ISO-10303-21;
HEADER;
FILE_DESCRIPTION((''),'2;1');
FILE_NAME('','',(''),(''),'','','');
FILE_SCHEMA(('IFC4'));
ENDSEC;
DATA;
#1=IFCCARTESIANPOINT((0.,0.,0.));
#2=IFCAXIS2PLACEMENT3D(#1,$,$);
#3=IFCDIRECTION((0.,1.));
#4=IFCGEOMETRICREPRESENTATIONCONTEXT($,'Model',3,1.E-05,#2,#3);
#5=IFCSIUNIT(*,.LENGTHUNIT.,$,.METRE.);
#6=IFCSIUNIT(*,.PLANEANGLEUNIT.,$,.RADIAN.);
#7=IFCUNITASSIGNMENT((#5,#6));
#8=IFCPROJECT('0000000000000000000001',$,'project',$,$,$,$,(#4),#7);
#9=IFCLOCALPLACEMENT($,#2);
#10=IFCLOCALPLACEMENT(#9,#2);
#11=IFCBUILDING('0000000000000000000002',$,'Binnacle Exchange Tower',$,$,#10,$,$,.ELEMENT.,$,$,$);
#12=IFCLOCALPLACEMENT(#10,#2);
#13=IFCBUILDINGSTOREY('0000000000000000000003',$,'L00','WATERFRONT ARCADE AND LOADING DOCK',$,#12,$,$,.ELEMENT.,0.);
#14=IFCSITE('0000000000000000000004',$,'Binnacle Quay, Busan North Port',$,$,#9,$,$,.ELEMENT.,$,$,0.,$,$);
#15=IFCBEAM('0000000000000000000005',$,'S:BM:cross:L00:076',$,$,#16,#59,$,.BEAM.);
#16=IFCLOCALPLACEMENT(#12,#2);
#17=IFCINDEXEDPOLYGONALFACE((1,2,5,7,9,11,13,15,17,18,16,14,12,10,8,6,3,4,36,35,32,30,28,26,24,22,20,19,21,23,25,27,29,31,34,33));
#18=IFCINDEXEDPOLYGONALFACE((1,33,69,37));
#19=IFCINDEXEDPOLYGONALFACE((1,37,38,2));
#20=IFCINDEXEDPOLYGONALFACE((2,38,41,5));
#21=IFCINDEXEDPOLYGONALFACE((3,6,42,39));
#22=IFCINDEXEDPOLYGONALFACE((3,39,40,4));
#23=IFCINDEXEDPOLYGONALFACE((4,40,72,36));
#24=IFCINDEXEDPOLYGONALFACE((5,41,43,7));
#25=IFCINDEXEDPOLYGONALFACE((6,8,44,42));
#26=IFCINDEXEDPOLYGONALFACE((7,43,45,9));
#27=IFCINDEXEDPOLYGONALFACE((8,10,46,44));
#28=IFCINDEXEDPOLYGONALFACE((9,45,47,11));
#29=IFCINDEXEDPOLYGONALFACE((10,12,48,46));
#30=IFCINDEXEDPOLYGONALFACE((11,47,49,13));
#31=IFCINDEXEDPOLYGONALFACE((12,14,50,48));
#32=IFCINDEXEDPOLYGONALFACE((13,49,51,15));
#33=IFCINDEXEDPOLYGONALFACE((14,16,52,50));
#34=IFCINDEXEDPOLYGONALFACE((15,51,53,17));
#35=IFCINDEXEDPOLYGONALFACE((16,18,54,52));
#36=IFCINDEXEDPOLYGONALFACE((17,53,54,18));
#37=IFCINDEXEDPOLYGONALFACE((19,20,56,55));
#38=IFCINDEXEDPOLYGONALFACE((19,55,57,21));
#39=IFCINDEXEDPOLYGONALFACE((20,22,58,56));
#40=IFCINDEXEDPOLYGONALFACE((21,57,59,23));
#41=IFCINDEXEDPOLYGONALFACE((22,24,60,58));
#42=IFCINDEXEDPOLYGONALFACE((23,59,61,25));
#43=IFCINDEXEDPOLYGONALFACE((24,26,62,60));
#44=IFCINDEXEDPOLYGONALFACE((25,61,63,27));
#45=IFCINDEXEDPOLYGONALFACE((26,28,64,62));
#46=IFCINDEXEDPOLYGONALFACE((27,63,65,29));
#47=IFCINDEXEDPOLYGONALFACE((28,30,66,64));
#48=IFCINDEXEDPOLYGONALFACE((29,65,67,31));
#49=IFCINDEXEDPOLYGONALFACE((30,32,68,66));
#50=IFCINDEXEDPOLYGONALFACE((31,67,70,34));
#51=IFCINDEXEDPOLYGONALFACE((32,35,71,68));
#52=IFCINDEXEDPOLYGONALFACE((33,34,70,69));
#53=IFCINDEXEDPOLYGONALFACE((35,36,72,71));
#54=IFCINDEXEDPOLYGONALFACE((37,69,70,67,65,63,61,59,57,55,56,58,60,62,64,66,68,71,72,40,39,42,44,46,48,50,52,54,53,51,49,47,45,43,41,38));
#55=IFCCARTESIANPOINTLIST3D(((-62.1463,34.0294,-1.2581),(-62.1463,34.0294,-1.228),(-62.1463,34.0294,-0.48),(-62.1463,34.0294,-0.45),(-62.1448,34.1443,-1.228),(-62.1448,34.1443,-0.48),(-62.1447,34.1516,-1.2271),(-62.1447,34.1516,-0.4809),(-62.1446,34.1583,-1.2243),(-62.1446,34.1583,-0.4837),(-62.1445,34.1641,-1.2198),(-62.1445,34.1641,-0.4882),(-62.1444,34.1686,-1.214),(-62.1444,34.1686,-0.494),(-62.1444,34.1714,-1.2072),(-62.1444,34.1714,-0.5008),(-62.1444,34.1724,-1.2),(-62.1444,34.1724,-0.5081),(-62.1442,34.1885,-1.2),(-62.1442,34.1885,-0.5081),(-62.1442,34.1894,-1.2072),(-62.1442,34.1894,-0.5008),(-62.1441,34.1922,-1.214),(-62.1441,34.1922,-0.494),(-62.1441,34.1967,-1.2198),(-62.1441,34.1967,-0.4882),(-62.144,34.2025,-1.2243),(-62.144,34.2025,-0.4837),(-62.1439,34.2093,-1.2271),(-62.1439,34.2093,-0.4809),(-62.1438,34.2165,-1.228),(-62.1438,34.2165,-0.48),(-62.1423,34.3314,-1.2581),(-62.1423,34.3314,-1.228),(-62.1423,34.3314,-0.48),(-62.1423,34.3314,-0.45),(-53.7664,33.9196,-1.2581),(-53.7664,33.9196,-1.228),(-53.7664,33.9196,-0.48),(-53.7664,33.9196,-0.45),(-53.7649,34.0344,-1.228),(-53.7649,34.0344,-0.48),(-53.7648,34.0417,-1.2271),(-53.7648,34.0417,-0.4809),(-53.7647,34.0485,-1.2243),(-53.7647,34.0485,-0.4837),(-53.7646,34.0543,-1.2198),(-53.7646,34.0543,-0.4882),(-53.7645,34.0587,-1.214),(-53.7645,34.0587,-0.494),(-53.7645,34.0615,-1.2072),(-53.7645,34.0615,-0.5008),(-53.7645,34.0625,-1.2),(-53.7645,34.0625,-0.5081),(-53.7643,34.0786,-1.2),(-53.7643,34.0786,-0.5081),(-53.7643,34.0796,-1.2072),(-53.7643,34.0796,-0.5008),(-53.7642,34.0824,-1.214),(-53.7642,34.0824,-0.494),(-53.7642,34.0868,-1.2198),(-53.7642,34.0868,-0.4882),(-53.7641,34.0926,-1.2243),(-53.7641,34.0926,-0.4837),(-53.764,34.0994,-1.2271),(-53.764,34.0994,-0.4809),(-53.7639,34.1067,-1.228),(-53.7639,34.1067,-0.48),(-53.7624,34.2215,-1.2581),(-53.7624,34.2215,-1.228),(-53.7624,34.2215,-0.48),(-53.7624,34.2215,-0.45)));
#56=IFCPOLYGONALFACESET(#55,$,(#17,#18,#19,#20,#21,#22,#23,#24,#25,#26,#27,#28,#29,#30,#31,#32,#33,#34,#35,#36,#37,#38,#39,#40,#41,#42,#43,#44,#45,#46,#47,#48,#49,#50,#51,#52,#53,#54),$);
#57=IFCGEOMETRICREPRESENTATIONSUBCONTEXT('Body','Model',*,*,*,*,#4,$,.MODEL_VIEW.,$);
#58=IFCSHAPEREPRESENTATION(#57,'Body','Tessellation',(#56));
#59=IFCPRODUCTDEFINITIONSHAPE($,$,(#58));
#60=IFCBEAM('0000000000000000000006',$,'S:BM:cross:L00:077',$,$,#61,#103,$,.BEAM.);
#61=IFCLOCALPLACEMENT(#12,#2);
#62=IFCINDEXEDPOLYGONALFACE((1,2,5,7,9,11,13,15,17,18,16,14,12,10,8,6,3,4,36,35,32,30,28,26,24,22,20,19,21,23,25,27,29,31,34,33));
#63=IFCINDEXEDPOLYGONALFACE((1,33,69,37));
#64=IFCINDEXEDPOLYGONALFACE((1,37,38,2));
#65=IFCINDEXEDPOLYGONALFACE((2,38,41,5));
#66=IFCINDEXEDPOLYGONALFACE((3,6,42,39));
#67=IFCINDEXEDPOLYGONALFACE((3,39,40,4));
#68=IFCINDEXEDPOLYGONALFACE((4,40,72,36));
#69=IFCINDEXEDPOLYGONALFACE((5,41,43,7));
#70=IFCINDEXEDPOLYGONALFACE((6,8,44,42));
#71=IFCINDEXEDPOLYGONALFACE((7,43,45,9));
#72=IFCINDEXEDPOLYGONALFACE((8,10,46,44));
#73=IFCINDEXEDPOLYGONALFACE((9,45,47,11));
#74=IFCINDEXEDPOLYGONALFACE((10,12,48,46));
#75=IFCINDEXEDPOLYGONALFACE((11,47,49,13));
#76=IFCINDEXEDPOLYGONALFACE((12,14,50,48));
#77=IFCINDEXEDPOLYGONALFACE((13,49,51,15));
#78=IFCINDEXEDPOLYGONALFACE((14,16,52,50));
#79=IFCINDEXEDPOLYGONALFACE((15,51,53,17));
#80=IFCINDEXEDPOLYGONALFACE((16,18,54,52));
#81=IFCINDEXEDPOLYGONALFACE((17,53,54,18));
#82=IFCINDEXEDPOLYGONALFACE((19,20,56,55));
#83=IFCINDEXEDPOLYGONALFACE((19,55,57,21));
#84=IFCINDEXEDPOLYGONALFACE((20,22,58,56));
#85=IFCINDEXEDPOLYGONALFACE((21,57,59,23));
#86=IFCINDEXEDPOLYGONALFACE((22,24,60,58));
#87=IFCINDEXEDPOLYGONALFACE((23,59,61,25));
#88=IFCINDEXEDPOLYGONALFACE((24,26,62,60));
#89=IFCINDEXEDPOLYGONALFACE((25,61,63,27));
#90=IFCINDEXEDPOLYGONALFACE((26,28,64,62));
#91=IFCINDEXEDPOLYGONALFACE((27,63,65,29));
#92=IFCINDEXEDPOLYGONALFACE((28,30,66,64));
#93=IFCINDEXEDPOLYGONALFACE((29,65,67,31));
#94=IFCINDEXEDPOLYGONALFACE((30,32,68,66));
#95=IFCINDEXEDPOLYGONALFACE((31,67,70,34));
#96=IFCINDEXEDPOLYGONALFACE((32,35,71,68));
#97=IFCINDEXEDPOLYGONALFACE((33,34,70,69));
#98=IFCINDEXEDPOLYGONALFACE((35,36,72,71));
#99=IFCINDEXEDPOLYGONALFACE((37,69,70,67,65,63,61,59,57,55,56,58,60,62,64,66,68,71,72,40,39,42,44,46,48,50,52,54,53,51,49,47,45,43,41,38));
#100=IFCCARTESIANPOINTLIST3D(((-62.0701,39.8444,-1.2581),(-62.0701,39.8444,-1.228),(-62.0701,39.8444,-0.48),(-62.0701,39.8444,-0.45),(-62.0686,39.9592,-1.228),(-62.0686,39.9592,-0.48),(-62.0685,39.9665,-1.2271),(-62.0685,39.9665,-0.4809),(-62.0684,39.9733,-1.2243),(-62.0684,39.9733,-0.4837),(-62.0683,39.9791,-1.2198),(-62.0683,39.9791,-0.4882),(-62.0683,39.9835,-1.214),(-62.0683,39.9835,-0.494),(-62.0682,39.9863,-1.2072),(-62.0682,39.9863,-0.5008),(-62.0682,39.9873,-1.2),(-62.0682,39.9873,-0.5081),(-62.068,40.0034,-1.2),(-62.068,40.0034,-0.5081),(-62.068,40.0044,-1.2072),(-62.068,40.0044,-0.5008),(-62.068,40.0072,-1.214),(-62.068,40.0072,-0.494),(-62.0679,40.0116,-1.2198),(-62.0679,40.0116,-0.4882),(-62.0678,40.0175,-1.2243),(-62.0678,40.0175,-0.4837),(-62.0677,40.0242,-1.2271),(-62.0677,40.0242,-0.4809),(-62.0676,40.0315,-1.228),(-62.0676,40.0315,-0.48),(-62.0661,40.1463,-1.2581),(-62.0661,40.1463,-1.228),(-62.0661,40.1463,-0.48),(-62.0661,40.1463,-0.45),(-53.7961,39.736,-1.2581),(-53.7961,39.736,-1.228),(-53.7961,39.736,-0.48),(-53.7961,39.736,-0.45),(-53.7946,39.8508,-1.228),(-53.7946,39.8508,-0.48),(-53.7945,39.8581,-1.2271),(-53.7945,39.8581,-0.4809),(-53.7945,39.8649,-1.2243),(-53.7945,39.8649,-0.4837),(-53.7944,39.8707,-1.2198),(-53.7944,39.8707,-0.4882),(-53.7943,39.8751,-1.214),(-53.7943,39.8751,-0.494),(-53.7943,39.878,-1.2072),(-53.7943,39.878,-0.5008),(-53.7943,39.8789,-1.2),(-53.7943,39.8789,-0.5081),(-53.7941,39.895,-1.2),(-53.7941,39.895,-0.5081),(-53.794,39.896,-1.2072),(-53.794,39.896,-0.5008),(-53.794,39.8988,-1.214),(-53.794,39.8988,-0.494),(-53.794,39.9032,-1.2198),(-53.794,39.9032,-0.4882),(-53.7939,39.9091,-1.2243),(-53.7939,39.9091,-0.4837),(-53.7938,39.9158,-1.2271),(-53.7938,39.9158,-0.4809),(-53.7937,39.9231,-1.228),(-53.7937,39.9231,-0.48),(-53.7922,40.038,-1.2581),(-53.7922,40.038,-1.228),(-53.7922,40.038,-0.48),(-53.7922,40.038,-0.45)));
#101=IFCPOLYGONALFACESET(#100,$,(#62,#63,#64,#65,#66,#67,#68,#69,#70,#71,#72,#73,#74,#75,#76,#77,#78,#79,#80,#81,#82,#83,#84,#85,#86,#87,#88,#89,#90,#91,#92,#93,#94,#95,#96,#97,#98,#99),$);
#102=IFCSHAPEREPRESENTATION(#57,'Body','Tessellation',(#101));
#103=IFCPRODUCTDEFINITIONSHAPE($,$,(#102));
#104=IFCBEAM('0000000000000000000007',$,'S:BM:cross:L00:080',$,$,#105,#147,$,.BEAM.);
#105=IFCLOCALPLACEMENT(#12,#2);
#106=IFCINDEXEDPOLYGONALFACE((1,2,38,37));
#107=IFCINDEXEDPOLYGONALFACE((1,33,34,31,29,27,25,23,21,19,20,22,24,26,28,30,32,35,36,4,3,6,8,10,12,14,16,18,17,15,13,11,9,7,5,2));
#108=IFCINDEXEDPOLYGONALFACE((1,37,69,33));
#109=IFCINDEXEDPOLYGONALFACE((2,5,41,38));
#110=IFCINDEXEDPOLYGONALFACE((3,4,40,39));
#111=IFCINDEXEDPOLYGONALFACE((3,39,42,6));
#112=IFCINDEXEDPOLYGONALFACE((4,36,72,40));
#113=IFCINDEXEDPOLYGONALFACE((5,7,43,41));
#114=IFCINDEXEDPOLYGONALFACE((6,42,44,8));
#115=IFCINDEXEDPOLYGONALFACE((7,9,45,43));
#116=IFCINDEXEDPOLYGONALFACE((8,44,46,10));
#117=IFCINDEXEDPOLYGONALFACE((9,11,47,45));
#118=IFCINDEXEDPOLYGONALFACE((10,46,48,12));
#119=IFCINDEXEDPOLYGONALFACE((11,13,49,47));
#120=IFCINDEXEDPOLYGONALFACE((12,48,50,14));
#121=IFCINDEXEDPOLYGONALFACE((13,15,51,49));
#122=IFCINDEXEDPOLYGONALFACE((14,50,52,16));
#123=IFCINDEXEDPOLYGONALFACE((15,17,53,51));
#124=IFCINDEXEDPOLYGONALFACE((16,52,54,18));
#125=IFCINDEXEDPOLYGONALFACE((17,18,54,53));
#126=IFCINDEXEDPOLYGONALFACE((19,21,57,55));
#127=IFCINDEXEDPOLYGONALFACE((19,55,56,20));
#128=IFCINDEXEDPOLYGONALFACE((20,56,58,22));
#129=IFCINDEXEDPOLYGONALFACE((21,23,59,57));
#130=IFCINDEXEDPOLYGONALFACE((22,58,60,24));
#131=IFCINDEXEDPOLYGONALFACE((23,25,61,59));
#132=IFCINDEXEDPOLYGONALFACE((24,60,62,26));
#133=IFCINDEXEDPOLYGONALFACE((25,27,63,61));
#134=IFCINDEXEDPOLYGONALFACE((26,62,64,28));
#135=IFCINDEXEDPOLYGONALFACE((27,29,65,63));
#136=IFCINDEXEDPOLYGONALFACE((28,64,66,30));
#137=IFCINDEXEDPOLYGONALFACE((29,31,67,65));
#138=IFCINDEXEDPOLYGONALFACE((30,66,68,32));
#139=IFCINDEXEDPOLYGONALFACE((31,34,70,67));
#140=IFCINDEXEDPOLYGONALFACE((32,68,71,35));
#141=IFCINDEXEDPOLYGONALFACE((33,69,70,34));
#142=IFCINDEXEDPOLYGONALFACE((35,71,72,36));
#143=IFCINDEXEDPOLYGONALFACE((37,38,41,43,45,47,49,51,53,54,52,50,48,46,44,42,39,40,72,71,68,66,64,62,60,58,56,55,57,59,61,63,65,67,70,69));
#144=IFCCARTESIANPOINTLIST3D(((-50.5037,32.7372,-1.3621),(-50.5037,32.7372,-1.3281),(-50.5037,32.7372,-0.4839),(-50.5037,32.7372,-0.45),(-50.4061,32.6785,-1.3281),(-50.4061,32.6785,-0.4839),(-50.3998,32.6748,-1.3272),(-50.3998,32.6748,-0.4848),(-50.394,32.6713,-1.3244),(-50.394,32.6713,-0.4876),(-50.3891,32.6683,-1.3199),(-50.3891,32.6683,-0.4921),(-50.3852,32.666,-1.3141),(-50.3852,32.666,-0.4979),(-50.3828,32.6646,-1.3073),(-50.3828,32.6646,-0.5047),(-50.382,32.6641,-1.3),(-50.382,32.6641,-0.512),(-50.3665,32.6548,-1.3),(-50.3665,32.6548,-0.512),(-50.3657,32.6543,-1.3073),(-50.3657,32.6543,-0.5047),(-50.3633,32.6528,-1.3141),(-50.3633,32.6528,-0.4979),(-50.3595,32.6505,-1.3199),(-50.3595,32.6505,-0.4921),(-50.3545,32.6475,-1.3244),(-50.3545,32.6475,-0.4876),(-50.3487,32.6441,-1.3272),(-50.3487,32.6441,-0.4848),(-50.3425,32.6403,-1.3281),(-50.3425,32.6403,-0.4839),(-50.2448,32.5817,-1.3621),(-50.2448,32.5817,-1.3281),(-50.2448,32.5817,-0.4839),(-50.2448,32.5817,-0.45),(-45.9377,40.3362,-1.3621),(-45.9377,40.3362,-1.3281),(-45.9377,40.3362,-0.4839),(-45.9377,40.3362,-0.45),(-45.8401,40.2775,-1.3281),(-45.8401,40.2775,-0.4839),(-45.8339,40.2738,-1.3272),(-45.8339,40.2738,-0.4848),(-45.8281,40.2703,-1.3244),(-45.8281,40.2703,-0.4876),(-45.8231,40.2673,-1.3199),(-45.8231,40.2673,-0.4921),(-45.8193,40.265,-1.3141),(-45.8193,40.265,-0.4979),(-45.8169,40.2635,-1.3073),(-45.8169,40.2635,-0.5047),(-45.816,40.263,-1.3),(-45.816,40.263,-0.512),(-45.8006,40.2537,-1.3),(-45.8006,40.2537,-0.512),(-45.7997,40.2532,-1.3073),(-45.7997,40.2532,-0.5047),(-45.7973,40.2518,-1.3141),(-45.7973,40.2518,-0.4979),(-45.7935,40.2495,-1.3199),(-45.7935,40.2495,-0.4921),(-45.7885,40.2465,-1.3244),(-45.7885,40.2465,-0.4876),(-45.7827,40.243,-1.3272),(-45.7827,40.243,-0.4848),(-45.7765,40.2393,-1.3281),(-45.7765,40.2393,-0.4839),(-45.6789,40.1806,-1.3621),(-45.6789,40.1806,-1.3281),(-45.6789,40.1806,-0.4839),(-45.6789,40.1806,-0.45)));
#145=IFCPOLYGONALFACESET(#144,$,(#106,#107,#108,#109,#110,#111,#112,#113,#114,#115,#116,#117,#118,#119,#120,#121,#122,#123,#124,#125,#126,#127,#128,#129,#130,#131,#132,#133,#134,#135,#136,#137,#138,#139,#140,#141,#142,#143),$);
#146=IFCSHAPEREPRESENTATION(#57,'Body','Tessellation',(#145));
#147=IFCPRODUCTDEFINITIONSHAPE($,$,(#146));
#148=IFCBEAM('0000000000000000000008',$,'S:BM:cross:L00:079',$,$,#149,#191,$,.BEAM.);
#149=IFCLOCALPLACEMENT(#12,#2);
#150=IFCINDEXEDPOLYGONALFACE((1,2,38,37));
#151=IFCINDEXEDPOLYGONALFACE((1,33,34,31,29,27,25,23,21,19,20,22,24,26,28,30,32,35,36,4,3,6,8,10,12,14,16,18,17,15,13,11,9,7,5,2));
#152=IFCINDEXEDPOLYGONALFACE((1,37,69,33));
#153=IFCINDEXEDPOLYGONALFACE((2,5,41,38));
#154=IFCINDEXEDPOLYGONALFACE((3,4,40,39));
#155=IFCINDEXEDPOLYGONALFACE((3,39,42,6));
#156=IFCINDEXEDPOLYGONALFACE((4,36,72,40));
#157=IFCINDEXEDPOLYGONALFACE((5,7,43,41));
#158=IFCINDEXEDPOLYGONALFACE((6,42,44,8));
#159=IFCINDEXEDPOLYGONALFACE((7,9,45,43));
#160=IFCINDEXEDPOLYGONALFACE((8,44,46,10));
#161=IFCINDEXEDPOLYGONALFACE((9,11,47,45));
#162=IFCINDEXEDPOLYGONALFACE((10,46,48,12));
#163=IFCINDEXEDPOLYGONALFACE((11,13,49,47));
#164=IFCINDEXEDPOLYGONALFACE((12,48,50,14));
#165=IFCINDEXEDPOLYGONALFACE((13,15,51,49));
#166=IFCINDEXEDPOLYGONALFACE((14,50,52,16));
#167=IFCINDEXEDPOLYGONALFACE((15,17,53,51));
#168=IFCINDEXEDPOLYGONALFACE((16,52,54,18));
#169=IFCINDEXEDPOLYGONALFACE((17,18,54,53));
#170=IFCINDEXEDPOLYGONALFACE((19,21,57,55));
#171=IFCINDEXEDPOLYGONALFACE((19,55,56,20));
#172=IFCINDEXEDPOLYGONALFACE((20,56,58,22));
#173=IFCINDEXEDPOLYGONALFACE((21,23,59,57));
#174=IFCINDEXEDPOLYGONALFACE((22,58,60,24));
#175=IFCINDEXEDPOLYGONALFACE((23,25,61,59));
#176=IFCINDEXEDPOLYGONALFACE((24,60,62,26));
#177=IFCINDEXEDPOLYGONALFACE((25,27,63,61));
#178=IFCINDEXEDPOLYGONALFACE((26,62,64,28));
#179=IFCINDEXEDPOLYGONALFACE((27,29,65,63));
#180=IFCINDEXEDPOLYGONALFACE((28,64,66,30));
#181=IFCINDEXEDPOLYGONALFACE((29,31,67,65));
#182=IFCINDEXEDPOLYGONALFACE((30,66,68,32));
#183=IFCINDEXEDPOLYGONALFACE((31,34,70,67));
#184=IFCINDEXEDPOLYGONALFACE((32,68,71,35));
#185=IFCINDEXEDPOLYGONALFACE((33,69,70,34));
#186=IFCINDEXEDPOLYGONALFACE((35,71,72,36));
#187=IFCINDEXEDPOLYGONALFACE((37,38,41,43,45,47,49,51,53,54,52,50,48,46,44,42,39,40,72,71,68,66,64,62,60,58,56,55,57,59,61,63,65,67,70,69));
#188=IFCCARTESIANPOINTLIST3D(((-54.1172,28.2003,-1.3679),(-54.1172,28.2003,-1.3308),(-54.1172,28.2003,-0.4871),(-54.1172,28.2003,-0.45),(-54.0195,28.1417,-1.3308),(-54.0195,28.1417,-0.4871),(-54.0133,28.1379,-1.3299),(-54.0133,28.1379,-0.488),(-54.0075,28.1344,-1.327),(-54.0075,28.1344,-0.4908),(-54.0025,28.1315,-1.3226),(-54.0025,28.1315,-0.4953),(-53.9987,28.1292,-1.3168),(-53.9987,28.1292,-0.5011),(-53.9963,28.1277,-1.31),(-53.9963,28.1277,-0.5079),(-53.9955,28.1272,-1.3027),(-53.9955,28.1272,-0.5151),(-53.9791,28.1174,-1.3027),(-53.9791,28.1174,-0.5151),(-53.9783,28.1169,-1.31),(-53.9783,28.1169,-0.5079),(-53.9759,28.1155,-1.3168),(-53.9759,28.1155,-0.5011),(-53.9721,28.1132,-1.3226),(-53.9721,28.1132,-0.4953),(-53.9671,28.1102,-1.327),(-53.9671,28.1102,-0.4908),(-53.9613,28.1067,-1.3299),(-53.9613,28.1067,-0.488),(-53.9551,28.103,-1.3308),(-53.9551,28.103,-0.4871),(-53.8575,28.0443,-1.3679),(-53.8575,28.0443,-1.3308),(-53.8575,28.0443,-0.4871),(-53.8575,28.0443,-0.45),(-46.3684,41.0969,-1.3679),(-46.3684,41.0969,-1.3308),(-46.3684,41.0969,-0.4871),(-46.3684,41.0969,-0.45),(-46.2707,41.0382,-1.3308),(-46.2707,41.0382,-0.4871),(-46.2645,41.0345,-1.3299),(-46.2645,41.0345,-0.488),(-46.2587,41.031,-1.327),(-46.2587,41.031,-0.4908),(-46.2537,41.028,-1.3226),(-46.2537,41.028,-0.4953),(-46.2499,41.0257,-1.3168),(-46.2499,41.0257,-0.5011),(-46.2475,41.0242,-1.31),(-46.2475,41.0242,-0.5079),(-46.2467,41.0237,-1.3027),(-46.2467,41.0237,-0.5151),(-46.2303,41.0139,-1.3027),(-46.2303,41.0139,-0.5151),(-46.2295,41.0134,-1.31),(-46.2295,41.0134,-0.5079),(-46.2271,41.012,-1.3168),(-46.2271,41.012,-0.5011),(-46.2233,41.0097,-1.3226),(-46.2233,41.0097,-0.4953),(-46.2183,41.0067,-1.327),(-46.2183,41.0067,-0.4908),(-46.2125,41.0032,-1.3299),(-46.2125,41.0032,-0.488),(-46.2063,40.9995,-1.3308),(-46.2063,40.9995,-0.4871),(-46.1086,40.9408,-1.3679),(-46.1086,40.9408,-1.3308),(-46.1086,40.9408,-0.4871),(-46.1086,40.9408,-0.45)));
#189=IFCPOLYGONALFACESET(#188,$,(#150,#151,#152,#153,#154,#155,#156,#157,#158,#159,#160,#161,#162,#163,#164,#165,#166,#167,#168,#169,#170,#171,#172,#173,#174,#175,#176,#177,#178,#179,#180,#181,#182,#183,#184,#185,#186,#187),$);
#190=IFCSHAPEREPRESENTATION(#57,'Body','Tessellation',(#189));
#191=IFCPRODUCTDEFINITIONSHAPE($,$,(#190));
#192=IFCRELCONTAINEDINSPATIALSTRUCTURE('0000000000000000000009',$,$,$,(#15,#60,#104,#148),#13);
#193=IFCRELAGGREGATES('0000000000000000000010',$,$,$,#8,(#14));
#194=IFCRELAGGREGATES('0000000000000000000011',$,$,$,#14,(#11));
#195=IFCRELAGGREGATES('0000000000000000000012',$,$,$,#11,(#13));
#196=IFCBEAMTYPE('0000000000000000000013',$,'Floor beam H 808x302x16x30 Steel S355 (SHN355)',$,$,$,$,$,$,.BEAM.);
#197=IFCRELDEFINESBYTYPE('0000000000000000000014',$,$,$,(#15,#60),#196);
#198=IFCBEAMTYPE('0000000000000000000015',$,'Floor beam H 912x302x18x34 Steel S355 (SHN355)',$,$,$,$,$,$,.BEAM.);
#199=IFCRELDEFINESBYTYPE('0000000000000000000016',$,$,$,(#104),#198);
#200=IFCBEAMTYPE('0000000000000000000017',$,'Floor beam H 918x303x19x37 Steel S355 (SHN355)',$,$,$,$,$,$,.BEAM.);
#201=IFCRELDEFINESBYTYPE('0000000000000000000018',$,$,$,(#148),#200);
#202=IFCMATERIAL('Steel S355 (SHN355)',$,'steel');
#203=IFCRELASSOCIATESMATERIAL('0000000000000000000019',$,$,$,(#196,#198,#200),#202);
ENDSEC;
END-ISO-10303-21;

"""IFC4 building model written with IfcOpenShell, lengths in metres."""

from ifc_helpers import new_model, si_unit, direction, frame, origin, origin_2d, place, context, subcontext, project, spatial, i_section, extrude, material, material_profile, profile_set, type_object, element, save


model = new_model("IFC4")

# Units and contexts
model_context = context("Model", 3, precision=1e-05, world=origin(), true_north=direction((0.0, 1.0)))
body_context = subcontext(model_context, "Body", "Model", "MODEL_VIEW")
ifc_project = project(units=[si_unit("LENGTHUNIT", "METRE"), si_unit("PLANEANGLEUNIT", "RADIAN")], contexts=[model_context])

# Site, building, storey
site_placement = place(None, origin())
site = spatial("IfcSite", under=ifc_project, at=site_placement, Name="Binnacle Quay, Busan North Port", CompositionType="ELEMENT", RefElevation=0.0)
building_placement = place(site_placement, origin())
building = spatial("IfcBuilding", under=site, at=building_placement, Name="Binnacle Exchange Tower", CompositionType="ELEMENT")
storey_placement = place(building_placement, origin())
storey = spatial("IfcBuildingStorey", under=building, at=storey_placement, Name="L00", Description="WATERFRONT ARCADE AND LOADING DOCK", CompositionType="ELEMENT", Elevation=0.0)

# Beams
ifc_material_1 = material(Name="Steel S355 (SHN355)", Category="steel")
ifc_material_profile_1 = material_profile(ifc_material_1, i_section(OverallWidth=0.302, OverallDepth=0.8081, WebThickness=0.0161, FlangeThickness=0.03, FilletRadius=0.0281, at=origin_2d()), Name="H 808x302x16x30")
ifc_profile_set_1 = profile_set([ifc_material_profile_1], Name="Steel S355 (SHN355)")
beam_type_1 = type_object("IfcBeamType", Name="Floor beam H 808x302x16x30 Steel S355 (SHN355)", PredefinedType="BEAM", material=ifc_profile_set_1)
beam_1_placement = place(storey_placement, frame((-62.1443, 34.1804, -0.854), z_axis=(0.999914, -0.013109, 0.0), x_axis=(0.013109, 0.999914, 0.0)))
element("IfcBeam", 1, at=beam_1_placement, inside=storey, type_object=beam_type_1, Name="S:BM:cross:L00:076", PredefinedType="BEAM", context=body_context, shape_type="SweptSolid", body=[
    extrude(i_section(OverallWidth=0.302, OverallDepth=0.8081, WebThickness=0.0161, FlangeThickness=0.03, FilletRadius=0.0281, at=origin_2d()), origin(), (0.0, 0.0, 1.0), 8.3806),
])
beam_2_placement = place(storey_placement, frame((-62.0681, 39.9954, -0.854), z_axis=(0.999914, -0.0131, 0.0), x_axis=(0.0131, 0.999914, 0.0)))
element("IfcBeam", 2, at=beam_2_placement, inside=storey, type_object=beam_type_1, Name="S:BM:cross:L00:077", PredefinedType="BEAM", context=body_context, shape_type="SweptSolid", body=[
    extrude(i_section(OverallWidth=0.302, OverallDepth=0.8081, WebThickness=0.0161, FlangeThickness=0.03, FilletRadius=0.0281, at=origin_2d()), origin(), (0.0, 0.0, 1.0), 8.2747),
])
ifc_material_profile_2 = material_profile(ifc_material_1, i_section(OverallWidth=0.302, OverallDepth=0.9121, WebThickness=0.0181, FlangeThickness=0.0339, FilletRadius=0.0281, at=origin_2d()), Name="H 912x302x18x34")
ifc_profile_set_2 = profile_set([ifc_material_profile_2], Name="Steel S355 (SHN355)")
beam_type_2 = type_object("IfcBeamType", Name="Floor beam H 912x302x18x34 Steel S355 (SHN355)", PredefinedType="BEAM", material=ifc_profile_set_2)
beam_3_placement = place(storey_placement, frame((-50.3743, 32.6594, -0.906), z_axis=(0.515042, 0.857165, 0.0), x_axis=(-0.857165, 0.515042, 0.0)))
element("IfcBeam", 3, at=beam_3_placement, inside=storey, type_object=beam_type_2, Name="S:BM:cross:L00:080", PredefinedType="BEAM", context=body_context, shape_type="SweptSolid", body=[
    extrude(i_section(OverallWidth=0.302, OverallDepth=0.9121, WebThickness=0.0181, FlangeThickness=0.0339, FilletRadius=0.0281, at=origin_2d()), origin(), (0.0, 0.0, 1.0), 8.8652),
])
ifc_material_profile_3 = material_profile(ifc_material_1, i_section(OverallWidth=0.303, OverallDepth=0.918, WebThickness=0.019, FlangeThickness=0.0371, FilletRadius=0.0281, at=origin_2d()), Name="H 918x303x19x37")
ifc_profile_set_3 = profile_set([ifc_material_profile_3], Name="Steel S355 (SHN355)")
beam_type_3 = type_object("IfcBeamType", Name="Floor beam H 918x303x19x37 Steel S355 (SHN355)", PredefinedType="BEAM", material=ifc_profile_set_3)
beam_4_placement = place(storey_placement, frame((-53.9873, 28.1223, -0.9089), z_axis=(0.515028, 0.857173, 0.0), x_axis=(-0.857173, 0.515028, 0.0)))
element("IfcBeam", 4, at=beam_4_placement, inside=storey, type_object=beam_type_3, Name="S:BM:cross:L00:079", PredefinedType="BEAM", context=body_context, shape_type="SweptSolid", body=[
    extrude(i_section(OverallWidth=0.303, OverallDepth=0.918, WebThickness=0.019, FlangeThickness=0.0371, FilletRadius=0.0281, at=origin_2d()), origin(), (0.0, 0.0, 1.0), 15.0454),
])

save(model, "model.ifc")
